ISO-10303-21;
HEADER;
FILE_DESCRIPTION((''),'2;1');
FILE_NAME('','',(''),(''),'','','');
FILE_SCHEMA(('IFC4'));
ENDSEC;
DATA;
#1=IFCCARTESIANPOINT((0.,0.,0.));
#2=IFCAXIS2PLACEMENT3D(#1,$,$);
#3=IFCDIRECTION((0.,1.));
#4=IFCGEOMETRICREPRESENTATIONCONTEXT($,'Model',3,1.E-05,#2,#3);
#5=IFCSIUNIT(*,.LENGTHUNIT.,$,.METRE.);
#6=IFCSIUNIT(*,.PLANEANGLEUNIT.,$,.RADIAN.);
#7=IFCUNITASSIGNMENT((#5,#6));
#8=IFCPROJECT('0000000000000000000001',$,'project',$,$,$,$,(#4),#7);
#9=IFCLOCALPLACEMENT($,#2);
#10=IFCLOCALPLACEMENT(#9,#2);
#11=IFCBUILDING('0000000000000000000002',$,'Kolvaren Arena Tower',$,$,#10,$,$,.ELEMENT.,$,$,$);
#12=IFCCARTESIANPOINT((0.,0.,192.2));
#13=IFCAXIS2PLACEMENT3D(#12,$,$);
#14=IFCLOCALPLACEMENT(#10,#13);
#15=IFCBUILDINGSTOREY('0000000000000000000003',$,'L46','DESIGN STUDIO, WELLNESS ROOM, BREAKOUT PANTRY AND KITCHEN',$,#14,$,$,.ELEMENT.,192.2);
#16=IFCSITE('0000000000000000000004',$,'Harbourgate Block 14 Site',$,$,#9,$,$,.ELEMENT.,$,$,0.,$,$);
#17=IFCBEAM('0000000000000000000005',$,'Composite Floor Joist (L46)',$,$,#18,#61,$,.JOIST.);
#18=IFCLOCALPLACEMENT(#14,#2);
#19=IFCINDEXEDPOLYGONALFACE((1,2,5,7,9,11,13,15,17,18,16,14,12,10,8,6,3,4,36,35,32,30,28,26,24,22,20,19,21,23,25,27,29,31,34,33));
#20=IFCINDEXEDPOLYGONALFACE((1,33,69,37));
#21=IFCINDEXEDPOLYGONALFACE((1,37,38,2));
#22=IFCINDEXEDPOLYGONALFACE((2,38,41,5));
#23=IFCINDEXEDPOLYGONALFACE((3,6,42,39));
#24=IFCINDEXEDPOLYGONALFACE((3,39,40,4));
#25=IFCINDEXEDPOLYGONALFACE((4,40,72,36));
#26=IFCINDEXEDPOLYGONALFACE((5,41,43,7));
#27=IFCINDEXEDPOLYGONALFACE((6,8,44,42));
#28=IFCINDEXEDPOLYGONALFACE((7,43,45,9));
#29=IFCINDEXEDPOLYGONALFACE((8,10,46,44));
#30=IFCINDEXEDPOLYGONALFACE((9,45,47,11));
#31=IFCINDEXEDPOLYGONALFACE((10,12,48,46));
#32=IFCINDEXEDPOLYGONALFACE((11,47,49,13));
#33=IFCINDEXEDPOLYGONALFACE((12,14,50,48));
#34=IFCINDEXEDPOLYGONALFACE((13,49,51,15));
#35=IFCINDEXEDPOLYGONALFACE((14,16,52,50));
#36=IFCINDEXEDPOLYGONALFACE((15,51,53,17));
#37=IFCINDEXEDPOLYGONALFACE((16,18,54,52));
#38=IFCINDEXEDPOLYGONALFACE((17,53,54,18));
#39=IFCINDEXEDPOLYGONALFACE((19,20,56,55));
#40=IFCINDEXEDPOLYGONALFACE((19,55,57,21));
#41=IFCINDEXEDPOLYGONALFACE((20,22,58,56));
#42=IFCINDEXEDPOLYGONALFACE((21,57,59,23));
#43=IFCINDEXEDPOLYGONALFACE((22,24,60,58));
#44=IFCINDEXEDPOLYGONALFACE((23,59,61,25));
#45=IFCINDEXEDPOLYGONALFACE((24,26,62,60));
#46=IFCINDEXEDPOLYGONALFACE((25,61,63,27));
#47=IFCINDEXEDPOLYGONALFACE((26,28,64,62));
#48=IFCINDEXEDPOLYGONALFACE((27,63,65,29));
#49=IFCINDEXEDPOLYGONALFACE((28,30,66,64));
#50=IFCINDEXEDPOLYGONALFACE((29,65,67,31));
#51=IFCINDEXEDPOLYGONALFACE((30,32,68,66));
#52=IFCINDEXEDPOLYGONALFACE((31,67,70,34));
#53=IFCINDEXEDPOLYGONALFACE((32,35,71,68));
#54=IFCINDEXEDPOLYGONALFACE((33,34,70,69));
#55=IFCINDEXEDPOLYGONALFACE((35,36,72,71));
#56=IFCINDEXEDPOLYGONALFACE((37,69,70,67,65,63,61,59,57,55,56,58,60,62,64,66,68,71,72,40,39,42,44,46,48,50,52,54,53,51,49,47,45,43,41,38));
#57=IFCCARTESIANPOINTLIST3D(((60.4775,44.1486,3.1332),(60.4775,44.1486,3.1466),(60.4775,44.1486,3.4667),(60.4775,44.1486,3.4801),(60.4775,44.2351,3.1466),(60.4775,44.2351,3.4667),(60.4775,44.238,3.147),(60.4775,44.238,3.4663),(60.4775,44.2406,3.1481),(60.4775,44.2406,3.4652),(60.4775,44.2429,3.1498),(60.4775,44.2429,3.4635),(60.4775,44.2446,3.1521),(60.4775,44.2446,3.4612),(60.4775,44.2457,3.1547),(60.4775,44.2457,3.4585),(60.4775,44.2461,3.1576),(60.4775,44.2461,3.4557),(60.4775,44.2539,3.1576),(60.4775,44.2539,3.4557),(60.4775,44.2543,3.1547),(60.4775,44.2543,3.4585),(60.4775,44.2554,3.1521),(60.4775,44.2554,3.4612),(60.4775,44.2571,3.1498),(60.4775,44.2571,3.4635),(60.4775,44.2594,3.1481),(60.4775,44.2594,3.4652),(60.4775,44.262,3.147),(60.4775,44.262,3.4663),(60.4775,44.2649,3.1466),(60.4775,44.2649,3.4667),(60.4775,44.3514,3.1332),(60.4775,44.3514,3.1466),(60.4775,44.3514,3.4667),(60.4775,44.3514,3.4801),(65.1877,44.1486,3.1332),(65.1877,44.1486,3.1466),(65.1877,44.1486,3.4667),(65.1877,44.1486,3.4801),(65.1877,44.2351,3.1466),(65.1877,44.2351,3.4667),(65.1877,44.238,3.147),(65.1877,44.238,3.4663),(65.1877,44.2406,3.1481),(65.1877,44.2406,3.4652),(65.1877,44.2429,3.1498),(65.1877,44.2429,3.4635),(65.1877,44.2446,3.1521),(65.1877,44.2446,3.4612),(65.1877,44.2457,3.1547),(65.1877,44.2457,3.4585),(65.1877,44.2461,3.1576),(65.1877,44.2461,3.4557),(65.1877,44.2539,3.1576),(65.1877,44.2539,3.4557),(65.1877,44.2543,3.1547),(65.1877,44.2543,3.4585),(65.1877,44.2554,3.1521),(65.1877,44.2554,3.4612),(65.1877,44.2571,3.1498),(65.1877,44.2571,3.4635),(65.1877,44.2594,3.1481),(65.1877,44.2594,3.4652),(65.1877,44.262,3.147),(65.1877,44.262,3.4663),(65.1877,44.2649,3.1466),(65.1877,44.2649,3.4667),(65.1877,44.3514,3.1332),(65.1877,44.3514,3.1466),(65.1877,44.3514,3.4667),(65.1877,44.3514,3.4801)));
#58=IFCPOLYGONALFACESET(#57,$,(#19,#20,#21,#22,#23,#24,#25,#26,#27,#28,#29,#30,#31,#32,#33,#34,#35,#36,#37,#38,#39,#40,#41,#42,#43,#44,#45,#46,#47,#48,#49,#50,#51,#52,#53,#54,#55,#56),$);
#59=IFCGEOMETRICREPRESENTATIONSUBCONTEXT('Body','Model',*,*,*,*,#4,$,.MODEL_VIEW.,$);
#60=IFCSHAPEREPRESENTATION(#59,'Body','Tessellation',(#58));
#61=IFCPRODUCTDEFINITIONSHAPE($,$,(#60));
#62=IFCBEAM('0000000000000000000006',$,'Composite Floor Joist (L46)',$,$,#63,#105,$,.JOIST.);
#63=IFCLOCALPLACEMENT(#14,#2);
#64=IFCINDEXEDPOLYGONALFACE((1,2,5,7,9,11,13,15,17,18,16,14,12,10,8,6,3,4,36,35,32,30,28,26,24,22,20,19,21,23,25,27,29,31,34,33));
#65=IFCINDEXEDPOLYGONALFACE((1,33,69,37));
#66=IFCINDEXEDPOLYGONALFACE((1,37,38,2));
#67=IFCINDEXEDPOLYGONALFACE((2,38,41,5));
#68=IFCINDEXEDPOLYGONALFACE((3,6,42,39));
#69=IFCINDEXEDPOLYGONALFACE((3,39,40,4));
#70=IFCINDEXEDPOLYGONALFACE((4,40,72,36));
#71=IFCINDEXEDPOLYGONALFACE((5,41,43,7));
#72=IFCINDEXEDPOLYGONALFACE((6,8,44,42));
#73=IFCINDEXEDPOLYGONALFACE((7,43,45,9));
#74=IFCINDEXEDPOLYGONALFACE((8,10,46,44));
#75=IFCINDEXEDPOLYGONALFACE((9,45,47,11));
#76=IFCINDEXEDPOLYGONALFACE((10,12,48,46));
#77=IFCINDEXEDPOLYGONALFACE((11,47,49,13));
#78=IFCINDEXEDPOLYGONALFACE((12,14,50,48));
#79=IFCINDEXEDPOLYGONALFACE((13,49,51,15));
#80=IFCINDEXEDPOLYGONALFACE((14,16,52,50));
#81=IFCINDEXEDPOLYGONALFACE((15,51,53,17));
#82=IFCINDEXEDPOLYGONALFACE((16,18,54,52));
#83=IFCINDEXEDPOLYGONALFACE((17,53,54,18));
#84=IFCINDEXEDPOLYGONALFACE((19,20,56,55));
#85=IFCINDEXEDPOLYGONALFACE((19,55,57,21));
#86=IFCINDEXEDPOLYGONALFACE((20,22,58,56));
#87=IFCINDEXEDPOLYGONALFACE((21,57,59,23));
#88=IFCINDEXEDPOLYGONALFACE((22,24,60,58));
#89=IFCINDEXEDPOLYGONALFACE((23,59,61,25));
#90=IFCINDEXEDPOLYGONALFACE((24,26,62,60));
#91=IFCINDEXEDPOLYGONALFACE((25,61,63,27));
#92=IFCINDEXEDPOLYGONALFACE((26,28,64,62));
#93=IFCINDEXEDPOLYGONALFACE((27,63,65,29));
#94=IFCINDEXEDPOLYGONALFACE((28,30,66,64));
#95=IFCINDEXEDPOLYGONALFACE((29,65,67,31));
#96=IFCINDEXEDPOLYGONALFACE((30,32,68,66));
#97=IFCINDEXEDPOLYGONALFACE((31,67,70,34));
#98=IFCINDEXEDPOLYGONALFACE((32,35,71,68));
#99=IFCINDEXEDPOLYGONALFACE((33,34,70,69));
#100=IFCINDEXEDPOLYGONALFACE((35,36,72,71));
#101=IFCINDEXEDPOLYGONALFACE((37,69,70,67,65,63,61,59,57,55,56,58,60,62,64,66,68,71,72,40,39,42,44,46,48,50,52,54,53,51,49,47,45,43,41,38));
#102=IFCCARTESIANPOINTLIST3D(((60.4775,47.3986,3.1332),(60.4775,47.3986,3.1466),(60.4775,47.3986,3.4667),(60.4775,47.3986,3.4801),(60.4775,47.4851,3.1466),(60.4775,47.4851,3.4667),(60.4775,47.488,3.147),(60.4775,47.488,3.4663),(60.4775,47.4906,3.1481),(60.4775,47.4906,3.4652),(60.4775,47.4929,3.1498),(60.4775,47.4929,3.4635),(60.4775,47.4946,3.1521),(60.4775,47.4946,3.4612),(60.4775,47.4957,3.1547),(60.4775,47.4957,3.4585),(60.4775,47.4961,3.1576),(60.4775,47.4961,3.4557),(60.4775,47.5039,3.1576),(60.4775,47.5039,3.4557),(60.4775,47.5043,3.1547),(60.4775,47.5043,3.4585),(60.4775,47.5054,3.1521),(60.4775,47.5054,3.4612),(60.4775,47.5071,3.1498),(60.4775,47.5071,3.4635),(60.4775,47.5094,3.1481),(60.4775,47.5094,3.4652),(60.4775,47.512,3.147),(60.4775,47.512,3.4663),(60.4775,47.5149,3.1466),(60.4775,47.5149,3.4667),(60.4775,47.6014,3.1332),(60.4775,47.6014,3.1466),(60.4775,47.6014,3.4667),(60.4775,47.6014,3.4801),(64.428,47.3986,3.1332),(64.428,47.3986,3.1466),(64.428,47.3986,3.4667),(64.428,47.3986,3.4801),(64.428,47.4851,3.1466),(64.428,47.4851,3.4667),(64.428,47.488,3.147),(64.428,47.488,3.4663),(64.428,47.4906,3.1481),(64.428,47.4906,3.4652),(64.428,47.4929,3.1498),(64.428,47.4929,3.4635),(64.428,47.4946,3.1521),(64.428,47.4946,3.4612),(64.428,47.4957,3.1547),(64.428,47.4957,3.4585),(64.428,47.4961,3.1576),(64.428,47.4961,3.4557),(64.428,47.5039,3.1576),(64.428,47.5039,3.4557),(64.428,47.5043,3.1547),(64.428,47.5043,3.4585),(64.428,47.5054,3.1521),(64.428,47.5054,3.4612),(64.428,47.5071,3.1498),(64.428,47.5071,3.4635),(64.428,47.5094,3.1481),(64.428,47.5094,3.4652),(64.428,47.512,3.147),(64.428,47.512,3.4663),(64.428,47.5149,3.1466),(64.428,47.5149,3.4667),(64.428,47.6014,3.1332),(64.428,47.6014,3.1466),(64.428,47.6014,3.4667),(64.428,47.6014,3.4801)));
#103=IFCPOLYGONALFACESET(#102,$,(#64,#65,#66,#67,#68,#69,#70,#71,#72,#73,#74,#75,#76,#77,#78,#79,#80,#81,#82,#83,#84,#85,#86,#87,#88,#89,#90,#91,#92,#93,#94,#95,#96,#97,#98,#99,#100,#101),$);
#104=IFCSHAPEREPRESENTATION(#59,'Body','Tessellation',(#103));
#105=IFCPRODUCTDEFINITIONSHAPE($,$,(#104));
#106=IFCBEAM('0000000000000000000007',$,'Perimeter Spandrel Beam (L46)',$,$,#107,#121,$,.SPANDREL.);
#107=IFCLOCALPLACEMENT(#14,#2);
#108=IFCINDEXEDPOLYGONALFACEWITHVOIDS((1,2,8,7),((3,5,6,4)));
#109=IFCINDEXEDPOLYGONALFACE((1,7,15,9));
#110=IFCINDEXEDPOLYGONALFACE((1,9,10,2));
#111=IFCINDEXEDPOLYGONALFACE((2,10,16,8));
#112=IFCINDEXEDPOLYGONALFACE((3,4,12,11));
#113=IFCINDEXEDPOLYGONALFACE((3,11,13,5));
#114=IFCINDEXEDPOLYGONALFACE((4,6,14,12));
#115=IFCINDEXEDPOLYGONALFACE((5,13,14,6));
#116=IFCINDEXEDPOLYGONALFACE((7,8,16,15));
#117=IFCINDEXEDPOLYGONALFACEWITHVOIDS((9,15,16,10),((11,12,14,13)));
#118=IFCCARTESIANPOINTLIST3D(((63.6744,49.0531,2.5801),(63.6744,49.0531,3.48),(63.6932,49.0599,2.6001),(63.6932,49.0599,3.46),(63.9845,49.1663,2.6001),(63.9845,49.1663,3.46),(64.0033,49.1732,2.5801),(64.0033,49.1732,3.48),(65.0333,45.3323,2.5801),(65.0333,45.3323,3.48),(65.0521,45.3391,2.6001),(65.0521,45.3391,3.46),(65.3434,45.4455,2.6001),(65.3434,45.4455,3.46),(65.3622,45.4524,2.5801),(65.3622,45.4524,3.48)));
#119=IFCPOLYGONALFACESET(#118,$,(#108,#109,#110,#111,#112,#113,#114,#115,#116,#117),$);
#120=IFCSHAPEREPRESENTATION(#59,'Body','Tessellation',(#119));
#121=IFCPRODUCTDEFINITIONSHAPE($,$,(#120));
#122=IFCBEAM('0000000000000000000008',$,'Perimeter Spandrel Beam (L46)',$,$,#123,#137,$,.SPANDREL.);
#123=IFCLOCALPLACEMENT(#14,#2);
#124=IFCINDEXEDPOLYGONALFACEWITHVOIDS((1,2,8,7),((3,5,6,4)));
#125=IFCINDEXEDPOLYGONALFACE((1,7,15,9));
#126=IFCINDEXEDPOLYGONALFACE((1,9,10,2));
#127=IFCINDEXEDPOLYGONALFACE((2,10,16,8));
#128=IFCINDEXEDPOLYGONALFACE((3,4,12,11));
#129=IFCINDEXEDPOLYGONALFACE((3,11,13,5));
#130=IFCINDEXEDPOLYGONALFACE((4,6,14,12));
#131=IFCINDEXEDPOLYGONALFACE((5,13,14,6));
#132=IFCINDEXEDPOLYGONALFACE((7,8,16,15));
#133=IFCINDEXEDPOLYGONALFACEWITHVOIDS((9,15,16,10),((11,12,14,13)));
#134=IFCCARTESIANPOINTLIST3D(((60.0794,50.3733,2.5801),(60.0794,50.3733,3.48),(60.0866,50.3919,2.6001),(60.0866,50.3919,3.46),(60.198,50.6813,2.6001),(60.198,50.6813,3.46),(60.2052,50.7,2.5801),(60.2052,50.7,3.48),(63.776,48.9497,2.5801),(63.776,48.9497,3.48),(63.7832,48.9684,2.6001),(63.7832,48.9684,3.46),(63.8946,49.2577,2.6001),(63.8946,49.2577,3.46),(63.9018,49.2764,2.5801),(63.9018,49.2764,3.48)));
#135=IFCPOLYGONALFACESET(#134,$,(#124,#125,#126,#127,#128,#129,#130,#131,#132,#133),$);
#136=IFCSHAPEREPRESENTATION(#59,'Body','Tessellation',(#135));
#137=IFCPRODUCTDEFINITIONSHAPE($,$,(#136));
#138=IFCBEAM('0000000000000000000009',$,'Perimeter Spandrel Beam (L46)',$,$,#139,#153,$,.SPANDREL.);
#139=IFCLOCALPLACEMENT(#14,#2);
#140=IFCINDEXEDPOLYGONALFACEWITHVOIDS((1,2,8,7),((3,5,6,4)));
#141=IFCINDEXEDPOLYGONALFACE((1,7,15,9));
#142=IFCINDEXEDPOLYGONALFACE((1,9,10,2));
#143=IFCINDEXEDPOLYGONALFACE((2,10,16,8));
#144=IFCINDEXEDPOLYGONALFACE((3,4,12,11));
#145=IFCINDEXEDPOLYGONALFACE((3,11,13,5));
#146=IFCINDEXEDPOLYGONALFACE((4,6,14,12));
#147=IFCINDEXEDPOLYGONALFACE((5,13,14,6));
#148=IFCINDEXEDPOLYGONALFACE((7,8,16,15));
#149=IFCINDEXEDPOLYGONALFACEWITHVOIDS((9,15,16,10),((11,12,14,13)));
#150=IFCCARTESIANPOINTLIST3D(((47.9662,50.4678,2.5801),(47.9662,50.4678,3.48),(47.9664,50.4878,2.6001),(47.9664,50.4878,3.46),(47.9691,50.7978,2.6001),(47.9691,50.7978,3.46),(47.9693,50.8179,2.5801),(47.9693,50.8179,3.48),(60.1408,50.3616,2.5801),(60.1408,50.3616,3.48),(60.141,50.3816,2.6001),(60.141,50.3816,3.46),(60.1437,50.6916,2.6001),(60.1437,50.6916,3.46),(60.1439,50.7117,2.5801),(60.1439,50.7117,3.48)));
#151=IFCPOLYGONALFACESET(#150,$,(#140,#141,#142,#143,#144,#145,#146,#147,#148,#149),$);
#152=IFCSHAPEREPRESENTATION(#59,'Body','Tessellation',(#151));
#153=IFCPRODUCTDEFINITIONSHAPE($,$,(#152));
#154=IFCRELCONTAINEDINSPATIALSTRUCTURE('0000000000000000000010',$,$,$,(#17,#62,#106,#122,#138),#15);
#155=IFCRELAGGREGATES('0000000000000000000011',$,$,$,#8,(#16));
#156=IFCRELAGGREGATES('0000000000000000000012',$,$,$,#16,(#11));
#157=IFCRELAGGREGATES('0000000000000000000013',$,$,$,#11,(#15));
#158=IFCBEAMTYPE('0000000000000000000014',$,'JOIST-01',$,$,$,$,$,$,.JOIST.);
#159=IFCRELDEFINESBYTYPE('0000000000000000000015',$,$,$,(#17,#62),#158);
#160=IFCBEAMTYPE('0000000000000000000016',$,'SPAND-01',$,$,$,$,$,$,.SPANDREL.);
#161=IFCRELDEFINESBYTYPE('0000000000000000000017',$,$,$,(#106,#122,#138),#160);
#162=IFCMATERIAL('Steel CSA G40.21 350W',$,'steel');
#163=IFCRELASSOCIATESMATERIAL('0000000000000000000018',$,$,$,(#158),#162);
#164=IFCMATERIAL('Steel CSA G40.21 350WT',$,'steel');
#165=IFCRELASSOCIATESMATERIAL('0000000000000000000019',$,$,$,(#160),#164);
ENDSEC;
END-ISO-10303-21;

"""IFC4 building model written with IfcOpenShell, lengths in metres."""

from ifc_helpers import new_model, si_unit, direction, frame, origin, origin_2d, place, context, subcontext, project, spatial, hollow_rectangle, i_section, extrude, material, material_profile, profile_set, type_object, element, save


model = new_model("IFC4")

# Units and contexts
model_context = context("Model", 3, precision=1e-05, world=origin(), true_north=direction((0.0, 1.0)))
body_context = subcontext(model_context, "Body", "Model", "MODEL_VIEW")
ifc_project = project(units=[si_unit("LENGTHUNIT", "METRE"), si_unit("PLANEANGLEUNIT", "RADIAN")], contexts=[model_context])

# Site, building, storey
site_placement = place(None, origin())
site = spatial("IfcSite", under=ifc_project, at=site_placement, Name="Harbourgate Block 14 Site", CompositionType="ELEMENT", RefElevation=0.0)
building_placement = place(site_placement, origin())
building = spatial("IfcBuilding", under=site, at=building_placement, Name="Kolvaren Arena Tower", CompositionType="ELEMENT")
storey_placement = place(building_placement, frame((0.0, 0.0, 192.2)))
storey = spatial("IfcBuildingStorey", under=building, at=storey_placement, Name="L46", Description="DESIGN STUDIO, WELLNESS ROOM, BREAKOUT PANTRY AND KITCHEN", CompositionType="ELEMENT", Elevation=192.2)

# Beams
ifc_material_1 = material(Name="Steel CSA G40.21 350W", Category="steel")
ifc_material_profile_1 = material_profile(ifc_material_1, i_section(OverallWidth=0.2029, OverallDepth=0.3469, WebThickness=0.0078, FlangeThickness=0.0134, FilletRadius=0.011, at=origin_2d()), Name="W360x64")
ifc_profile_set_1 = profile_set([ifc_material_profile_1], Name="Steel CSA G40.21 350W")
beam_type_1 = type_object("IfcBeamType", Name="JOIST-01", PredefinedType="JOIST", material=ifc_profile_set_1)
beam_1_placement = place(storey_placement, frame((60.4775, 44.25, 3.3066), z_axis=(1.0, 0.0, 0.0), x_axis=(0.0, 1.0, 0.0)))
element("IfcBeam", 1, at=beam_1_placement, inside=storey, type_object=beam_type_1, Name="Composite Floor Joist (L46)", PredefinedType="JOIST", context=body_context, shape_type="SweptSolid", body=[
    extrude(i_section(OverallWidth=0.2029, OverallDepth=0.3469, WebThickness=0.0078, FlangeThickness=0.0134, FilletRadius=0.011, at=origin_2d()), origin(), (0.0, 0.0, 1.0), 4.7102),
])
beam_2_placement = place(storey_placement, frame((60.4775, 47.5, 3.3066), z_axis=(1.0, 0.0, 0.0), x_axis=(0.0, 1.0, 0.0)))
element("IfcBeam", 2, at=beam_2_placement, inside=storey, type_object=beam_type_1, Name="Composite Floor Joist (L46)", PredefinedType="JOIST", context=body_context, shape_type="SweptSolid", body=[
    extrude(i_section(OverallWidth=0.2029, OverallDepth=0.3469, WebThickness=0.0078, FlangeThickness=0.0134, FilletRadius=0.011, at=origin_2d()), origin(), (0.0, 0.0, 1.0), 3.9504),
])
ifc_material_2 = material(Name="Steel CSA G40.21 350WT", Category="steel")
ifc_material_profile_2 = material_profile(ifc_material_2, hollow_rectangle(XDim=0.3501, YDim=0.8999, WallThickness=0.02, at=origin_2d()), Name="HSS 900x350x20")
ifc_profile_set_2 = profile_set([ifc_material_profile_2], Name="Steel CSA G40.21 350WT")
beam_type_2 = type_object("IfcBeamType", Name="SPAND-01", PredefinedType="SPANDREL", material=ifc_profile_set_2)
for number, where, z_axis, x_axis, name in (
    (3, (65.1978, 45.3923, 3.03), (-0.343059, 0.939314, 0.0), (-0.939314, -0.343059, 0.0), "Perimeter Spandrel Beam (L46)"),
    (4, (63.8389, 49.113, 3.03), (-0.93319, 0.359384, 0.0), (-0.359384, -0.93319, 0.0), "Perimeter Spandrel Beam (L46)"),
):
    element("IfcBeam", number, at=place(storey_placement, frame(where, z_axis=z_axis, x_axis=x_axis)), inside=storey, type_object=beam_type_2, Name=name, PredefinedType="SPANDREL", context=body_context, shape_type="SweptSolid", body=[
        extrude(hollow_rectangle(XDim=0.3501, YDim=0.8999, WallThickness=0.02, at=origin_2d()), origin(), (0.0, 0.0, 1.0), 3.9612),
    ])
beam_3_placement = place(storey_placement, frame((60.1423, 50.5366, 3.03), z_axis=(-0.999962, 0.008723, 0.0), x_axis=(-0.008723, -0.999962, 0.0)))
element("IfcBeam", 5, at=beam_3_placement, inside=storey, type_object=beam_type_2, Name="Perimeter Spandrel Beam (L46)", PredefinedType="SPANDREL", context=body_context, shape_type="SweptSolid", body=[
    extrude(hollow_rectangle(XDim=0.3501, YDim=0.8999, WallThickness=0.02, at=origin_2d()), origin(), (0.0, 0.0, 1.0), 12.175),
])

save(model, "model.ifc")
